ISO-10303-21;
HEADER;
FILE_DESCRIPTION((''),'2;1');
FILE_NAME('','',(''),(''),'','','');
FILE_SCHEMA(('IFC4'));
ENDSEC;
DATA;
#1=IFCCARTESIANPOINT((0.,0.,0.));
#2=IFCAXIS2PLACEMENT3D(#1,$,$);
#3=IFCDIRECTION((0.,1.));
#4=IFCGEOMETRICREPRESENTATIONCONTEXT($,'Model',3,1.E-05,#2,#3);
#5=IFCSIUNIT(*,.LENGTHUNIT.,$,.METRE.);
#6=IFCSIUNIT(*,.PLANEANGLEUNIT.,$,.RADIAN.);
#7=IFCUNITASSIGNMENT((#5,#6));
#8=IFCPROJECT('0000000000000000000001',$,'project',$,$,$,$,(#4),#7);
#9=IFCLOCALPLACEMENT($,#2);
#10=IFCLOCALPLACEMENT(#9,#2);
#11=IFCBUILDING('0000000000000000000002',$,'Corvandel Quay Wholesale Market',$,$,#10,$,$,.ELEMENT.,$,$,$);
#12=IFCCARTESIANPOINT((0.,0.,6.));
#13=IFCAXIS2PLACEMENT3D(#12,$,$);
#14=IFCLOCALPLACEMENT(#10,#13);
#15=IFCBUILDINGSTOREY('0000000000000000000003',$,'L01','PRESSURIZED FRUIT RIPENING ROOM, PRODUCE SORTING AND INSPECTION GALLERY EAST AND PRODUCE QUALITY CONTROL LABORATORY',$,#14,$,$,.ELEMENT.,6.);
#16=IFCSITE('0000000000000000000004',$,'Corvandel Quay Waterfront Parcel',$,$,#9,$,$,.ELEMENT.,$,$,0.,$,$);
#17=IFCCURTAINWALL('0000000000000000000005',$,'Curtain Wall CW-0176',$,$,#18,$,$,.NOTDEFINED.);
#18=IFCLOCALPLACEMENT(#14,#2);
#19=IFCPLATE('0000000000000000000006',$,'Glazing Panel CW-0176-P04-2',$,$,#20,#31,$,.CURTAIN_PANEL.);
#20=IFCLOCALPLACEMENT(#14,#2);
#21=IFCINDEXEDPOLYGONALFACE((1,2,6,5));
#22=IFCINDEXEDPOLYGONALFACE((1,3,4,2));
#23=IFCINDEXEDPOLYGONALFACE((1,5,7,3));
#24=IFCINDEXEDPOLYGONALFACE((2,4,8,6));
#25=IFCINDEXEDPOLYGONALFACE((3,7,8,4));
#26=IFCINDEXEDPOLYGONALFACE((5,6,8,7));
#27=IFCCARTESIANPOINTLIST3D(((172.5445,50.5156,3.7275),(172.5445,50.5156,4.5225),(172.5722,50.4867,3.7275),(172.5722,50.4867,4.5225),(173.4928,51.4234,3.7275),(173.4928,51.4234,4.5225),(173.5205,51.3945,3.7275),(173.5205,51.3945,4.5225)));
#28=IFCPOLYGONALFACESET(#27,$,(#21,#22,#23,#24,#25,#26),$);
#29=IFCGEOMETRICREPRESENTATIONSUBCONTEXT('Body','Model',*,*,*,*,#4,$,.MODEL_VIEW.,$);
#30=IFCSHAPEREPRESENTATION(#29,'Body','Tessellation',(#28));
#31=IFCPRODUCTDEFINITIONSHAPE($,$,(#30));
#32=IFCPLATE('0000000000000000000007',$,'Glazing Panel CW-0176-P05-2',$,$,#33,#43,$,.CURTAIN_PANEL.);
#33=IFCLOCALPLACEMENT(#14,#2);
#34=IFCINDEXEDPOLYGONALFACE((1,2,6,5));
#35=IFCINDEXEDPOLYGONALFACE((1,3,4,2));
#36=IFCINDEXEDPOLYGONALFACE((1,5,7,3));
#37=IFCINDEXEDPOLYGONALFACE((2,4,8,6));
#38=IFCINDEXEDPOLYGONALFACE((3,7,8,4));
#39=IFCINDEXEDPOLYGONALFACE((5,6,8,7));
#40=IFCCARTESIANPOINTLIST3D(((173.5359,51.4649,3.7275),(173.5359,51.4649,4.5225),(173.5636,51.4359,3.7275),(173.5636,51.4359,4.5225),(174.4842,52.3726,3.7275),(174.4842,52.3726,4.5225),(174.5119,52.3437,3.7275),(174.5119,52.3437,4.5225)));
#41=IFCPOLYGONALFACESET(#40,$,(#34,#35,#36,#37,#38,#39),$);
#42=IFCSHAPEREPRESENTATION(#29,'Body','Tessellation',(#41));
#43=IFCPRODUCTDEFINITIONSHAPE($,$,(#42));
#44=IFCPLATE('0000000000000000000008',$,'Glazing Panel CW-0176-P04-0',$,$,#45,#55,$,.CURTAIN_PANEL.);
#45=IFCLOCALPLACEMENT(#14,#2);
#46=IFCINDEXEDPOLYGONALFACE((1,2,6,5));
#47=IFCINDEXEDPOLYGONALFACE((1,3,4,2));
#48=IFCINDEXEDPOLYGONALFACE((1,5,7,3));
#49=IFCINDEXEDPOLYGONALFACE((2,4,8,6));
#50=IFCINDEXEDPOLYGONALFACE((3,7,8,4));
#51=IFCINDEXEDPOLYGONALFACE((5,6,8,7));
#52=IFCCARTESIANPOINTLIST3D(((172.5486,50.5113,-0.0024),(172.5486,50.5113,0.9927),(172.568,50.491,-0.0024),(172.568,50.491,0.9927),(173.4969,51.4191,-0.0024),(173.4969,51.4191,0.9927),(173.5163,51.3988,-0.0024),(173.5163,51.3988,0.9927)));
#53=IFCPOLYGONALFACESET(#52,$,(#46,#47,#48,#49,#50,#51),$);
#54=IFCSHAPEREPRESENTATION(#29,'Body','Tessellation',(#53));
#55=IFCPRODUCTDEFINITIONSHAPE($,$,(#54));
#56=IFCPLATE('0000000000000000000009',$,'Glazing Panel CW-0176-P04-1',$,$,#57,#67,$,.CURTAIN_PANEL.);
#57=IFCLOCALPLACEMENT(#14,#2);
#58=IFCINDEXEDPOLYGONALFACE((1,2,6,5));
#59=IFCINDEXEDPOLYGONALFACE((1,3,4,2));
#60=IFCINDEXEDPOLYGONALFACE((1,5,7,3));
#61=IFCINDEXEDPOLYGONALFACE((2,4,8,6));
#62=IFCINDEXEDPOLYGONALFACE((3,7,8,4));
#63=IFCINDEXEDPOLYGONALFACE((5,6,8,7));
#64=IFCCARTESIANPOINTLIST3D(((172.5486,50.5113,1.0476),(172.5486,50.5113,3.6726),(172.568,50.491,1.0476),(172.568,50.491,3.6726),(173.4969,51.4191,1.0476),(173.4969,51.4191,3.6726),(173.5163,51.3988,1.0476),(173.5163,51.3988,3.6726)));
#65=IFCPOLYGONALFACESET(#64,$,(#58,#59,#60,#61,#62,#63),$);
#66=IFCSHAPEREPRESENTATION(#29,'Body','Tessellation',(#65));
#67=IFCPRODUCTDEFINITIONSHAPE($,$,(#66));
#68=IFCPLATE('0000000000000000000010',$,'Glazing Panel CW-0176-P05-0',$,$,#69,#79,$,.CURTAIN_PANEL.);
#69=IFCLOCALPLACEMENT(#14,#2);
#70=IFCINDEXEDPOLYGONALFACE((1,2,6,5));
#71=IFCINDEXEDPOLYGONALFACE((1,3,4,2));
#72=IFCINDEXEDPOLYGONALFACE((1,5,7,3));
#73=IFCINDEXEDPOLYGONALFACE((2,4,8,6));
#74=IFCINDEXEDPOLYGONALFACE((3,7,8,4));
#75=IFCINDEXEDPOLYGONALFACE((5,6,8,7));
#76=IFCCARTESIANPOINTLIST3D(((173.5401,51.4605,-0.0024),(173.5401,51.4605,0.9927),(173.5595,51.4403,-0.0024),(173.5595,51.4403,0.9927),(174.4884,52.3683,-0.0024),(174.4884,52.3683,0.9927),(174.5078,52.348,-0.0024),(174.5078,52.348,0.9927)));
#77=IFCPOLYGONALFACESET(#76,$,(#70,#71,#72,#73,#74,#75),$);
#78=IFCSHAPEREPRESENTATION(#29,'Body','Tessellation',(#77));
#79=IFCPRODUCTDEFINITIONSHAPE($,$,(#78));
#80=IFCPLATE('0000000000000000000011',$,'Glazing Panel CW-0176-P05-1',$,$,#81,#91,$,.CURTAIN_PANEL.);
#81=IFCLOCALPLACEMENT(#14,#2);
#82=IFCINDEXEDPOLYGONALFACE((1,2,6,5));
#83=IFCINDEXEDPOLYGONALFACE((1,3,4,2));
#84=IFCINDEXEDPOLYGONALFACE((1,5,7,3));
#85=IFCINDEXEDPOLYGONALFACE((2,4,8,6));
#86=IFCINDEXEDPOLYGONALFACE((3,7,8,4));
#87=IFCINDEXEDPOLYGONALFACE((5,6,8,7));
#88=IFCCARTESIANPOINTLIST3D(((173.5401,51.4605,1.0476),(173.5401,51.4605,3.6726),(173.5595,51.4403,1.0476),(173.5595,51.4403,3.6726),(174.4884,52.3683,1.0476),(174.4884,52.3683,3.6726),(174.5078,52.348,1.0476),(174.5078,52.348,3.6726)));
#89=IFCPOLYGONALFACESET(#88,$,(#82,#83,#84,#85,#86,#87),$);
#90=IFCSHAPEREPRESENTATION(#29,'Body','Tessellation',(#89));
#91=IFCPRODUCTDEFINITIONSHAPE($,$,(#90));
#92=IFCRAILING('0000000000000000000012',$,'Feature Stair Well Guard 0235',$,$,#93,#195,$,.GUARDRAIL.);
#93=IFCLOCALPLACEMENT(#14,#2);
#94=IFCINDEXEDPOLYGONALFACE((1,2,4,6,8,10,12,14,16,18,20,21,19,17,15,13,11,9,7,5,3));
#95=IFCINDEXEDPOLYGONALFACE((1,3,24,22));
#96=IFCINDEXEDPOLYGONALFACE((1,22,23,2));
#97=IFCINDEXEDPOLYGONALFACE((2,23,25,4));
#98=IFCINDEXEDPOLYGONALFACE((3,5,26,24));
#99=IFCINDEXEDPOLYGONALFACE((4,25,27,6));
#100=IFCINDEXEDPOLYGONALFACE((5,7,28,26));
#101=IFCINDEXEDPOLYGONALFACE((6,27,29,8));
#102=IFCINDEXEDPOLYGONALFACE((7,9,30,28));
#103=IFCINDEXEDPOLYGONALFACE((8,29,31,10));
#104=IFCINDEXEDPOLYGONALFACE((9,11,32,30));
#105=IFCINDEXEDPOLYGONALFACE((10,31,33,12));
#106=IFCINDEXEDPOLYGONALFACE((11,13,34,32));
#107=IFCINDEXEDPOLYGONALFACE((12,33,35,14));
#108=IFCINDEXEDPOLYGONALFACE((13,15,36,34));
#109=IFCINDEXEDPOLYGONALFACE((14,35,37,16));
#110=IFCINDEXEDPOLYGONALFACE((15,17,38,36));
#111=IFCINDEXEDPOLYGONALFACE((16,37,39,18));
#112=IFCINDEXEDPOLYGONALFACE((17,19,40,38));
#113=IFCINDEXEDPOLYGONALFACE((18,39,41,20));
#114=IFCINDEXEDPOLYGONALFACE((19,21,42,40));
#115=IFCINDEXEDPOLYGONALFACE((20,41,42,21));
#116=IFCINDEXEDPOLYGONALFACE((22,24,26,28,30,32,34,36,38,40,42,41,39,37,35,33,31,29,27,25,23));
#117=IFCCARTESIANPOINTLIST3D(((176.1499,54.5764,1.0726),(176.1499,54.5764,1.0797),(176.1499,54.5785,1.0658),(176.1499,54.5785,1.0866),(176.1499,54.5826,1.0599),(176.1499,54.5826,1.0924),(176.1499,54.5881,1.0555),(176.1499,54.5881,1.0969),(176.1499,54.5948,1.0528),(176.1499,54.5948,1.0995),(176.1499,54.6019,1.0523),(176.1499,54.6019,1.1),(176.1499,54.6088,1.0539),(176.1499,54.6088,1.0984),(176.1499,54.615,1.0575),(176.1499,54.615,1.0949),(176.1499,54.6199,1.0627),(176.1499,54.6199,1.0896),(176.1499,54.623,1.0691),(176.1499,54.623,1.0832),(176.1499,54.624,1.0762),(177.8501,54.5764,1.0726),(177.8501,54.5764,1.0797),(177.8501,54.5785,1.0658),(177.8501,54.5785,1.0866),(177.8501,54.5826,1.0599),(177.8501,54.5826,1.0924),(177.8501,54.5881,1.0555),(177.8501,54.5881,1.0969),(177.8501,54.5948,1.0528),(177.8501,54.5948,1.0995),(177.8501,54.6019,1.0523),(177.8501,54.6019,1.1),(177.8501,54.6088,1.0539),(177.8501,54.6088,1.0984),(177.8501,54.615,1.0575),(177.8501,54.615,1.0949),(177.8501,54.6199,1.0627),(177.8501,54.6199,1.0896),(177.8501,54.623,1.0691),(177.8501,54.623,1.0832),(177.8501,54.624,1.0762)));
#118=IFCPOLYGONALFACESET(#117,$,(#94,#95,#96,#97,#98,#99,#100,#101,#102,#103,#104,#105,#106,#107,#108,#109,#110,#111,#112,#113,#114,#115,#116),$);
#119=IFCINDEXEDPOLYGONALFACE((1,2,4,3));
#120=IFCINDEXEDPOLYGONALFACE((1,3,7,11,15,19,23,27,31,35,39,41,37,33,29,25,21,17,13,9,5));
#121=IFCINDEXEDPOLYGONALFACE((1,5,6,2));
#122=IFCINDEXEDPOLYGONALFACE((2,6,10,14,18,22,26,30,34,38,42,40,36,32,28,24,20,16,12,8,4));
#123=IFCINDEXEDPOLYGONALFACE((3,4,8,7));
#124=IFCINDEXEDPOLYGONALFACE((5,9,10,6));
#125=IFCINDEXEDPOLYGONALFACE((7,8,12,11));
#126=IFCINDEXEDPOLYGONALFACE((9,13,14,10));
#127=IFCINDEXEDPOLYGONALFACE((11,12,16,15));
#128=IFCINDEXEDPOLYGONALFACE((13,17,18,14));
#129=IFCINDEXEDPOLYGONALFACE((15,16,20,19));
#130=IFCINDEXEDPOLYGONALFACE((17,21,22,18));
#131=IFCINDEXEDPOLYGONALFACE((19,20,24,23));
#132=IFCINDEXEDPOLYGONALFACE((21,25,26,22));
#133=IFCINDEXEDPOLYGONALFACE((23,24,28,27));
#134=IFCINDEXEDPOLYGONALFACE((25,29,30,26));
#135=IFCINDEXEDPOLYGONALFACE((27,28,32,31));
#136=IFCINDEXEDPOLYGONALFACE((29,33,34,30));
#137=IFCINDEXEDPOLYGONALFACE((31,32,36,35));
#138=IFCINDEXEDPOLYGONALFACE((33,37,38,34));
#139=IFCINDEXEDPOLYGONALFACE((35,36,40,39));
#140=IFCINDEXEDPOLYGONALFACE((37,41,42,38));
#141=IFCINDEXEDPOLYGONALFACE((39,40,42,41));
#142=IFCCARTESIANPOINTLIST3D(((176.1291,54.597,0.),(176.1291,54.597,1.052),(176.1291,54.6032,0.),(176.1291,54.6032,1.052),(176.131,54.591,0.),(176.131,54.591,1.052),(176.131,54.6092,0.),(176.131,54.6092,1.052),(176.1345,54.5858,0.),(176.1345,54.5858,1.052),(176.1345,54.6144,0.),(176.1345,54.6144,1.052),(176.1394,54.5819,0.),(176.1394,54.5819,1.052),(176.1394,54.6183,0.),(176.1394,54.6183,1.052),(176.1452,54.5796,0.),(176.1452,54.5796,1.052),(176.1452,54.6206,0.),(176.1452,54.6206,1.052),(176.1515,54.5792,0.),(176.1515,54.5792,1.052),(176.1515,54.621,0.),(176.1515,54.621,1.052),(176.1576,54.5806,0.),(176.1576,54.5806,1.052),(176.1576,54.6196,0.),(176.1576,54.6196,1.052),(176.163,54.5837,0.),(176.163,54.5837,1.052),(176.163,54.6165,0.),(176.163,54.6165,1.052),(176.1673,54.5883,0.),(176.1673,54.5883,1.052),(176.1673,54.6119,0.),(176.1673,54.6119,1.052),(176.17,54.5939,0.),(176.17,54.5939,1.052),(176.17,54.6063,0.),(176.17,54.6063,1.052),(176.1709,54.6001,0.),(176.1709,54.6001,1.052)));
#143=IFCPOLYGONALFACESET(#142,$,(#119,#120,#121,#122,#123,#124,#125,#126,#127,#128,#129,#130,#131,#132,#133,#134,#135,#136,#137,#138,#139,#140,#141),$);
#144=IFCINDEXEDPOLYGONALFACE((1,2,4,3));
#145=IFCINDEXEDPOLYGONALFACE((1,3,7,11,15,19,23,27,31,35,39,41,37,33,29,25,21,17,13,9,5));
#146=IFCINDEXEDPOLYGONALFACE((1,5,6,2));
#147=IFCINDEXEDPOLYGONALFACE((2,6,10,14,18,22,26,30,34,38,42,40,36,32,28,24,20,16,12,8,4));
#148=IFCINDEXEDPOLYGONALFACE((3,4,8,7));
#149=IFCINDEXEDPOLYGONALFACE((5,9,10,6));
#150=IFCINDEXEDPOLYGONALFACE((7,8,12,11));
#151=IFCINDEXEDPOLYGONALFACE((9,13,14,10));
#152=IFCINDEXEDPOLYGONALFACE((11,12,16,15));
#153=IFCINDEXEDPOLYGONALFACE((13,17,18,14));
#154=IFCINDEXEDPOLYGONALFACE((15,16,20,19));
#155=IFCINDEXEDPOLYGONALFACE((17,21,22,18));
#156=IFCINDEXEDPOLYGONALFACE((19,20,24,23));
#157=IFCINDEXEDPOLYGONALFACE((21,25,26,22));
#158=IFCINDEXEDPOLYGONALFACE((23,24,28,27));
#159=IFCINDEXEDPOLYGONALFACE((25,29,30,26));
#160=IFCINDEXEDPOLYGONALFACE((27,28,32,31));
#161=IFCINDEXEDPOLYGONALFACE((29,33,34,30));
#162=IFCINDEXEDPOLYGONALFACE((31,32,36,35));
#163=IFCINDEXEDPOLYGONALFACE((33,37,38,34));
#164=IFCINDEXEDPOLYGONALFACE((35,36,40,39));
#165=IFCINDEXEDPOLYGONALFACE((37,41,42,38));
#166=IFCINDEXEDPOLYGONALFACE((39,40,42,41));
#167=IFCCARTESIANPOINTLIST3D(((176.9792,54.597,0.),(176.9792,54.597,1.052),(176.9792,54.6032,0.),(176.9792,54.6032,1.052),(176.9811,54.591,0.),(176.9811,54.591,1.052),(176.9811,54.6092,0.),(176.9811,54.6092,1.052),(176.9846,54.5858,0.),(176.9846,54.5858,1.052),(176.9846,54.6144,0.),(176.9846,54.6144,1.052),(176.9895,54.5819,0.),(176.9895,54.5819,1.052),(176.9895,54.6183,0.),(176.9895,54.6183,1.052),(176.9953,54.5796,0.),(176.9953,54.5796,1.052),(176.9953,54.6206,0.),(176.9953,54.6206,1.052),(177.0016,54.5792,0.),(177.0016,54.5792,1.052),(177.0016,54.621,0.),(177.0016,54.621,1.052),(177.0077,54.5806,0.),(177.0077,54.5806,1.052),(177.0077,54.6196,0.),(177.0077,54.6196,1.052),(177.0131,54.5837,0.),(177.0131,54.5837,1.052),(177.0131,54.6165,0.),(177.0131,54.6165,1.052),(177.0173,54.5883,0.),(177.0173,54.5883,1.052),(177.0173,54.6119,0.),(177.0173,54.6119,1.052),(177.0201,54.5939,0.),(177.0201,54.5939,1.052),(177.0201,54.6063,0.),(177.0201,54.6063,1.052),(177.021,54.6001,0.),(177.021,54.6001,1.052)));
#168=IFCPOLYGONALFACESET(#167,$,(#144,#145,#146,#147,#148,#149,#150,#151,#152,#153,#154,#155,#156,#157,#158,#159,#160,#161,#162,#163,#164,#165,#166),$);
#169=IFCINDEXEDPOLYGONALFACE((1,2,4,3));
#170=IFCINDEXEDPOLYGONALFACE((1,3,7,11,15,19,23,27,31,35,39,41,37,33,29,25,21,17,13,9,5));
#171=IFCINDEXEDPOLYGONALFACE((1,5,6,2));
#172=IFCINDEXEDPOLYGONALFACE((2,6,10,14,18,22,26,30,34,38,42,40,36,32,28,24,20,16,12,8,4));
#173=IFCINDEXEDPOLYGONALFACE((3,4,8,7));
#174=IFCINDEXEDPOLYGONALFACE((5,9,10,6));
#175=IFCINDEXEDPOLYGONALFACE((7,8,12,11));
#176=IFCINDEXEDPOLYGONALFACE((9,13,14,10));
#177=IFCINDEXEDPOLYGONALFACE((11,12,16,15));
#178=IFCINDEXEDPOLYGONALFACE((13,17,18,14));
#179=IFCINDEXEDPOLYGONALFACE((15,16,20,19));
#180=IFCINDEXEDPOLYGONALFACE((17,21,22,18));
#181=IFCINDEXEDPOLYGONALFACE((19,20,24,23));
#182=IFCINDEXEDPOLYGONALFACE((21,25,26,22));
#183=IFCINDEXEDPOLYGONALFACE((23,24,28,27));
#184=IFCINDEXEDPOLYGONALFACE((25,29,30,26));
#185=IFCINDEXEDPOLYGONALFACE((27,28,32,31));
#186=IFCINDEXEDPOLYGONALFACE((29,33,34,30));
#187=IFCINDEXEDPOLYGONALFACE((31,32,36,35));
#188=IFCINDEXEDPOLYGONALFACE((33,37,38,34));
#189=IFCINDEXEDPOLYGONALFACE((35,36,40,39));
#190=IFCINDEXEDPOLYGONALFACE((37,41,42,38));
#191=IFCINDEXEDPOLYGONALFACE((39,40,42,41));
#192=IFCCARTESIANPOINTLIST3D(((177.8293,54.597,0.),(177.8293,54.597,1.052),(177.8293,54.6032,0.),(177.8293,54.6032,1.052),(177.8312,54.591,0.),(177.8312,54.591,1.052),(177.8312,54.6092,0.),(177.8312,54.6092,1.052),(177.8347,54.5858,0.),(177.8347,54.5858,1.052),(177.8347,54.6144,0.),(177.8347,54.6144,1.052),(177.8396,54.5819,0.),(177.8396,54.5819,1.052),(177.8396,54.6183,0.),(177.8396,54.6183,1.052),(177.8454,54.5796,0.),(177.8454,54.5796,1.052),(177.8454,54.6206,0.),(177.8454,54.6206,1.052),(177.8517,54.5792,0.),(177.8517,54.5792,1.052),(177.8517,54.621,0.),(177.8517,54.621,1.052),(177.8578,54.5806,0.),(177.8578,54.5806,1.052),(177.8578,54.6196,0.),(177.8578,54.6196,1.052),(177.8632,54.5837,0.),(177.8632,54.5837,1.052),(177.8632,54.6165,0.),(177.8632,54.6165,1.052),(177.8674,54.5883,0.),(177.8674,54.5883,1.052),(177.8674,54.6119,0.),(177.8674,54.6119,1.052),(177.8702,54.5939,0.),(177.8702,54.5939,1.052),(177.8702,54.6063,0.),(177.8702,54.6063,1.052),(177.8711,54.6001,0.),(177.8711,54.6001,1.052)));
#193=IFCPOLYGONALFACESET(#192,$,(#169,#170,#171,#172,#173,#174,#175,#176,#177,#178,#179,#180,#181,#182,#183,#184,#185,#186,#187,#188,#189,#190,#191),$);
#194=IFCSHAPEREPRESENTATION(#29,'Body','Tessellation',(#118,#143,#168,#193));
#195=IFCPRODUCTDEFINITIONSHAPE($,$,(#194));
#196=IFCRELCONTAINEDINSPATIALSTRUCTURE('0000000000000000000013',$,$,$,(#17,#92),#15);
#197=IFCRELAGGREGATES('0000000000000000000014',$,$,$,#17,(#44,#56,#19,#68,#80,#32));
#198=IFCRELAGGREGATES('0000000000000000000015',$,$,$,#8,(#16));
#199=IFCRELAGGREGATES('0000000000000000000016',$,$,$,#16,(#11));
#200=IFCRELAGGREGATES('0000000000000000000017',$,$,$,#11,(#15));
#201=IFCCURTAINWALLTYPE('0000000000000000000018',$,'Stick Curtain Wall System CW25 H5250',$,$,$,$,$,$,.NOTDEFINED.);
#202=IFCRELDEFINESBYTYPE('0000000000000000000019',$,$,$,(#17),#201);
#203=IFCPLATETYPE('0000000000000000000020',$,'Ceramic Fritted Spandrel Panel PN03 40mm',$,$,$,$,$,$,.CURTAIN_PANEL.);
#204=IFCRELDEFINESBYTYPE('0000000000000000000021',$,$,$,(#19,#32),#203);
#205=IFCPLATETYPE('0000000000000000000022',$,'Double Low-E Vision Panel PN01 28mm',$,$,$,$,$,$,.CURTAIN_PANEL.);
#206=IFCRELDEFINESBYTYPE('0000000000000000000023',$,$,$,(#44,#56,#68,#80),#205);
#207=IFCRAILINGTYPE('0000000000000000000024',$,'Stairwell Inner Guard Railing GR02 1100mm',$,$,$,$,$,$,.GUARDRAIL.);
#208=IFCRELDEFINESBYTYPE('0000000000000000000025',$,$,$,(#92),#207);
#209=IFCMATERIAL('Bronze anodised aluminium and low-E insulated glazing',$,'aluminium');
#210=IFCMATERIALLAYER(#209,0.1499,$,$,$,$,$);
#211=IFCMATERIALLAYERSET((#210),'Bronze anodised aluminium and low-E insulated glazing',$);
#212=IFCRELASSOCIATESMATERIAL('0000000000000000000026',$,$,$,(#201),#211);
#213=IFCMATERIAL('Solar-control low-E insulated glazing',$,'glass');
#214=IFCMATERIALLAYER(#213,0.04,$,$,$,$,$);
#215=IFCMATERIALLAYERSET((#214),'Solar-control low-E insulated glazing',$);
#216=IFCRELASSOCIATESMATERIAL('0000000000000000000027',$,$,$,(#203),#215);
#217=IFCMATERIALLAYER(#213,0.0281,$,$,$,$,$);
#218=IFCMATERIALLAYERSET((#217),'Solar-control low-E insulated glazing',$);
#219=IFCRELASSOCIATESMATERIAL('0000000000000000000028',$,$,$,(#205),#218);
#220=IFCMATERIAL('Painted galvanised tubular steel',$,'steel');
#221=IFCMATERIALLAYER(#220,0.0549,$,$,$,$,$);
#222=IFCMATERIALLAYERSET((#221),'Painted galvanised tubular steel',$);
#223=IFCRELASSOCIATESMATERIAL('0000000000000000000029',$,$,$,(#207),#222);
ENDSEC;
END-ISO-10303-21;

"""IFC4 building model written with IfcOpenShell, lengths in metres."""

from ifc_helpers import new_model, si_unit, direction, frame, origin, origin_2d, place, context, subcontext, project, spatial, rectangle, circle, extrude, material, layer, layer_set, type_object, element, aggregate, save


model = new_model("IFC4")

# Units and contexts
model_context = context("Model", 3, precision=1e-05, world=origin(), true_north=direction((0.0, 1.0)))
body_context = subcontext(model_context, "Body", "Model", "MODEL_VIEW")
ifc_project = project(units=[si_unit("LENGTHUNIT", "METRE"), si_unit("PLANEANGLEUNIT", "RADIAN")], contexts=[model_context])

# Site, building, storey
site_placement = place(None, origin())
site = spatial("IfcSite", under=ifc_project, at=site_placement, Name="Corvandel Quay Waterfront Parcel", CompositionType="ELEMENT", RefElevation=0.0)
building_placement = place(site_placement, origin())
building = spatial("IfcBuilding", under=site, at=building_placement, Name="Corvandel Quay Wholesale Market", CompositionType="ELEMENT")
storey_placement = place(building_placement, frame((0.0, 0.0, 6.0)))
storey = spatial("IfcBuildingStorey", under=building, at=storey_placement, Name="L01", Description="PRESSURIZED FRUIT RIPENING ROOM, PRODUCE SORTING AND INSPECTION GALLERY EAST AND PRODUCE QUALITY CONTROL LABORATORY", CompositionType="ELEMENT", Elevation=6.0)

# Curtain wall
ifc_material_1 = material(Name="Bronze anodised aluminium and low-E insulated glazing", Category="aluminium")
ifc_layer_1 = layer(ifc_material_1, 0.1499)
ifc_layer_set_1 = layer_set([ifc_layer_1], Name="Bronze anodised aluminium and low-E insulated glazing")
curtain_wall_type = type_object("IfcCurtainWallType", Name="Stick Curtain Wall System CW25 H5250", PredefinedType="NOTDEFINED", material=ifc_layer_set_1)
curtain_wall_placement = place(storey_placement, origin())
curtain_wall = element("IfcCurtainWall", 1, at=curtain_wall_placement, inside=storey, type_object=curtain_wall_type, Name="Curtain Wall CW-0176", PredefinedType="NOTDEFINED")

# Plates
ifc_material_2 = material(Name="Solar-control low-E insulated glazing", Category="glass")
ifc_layer_2 = layer(ifc_material_2, 0.04)
ifc_layer_set_2 = layer_set([ifc_layer_2], Name="Solar-control low-E insulated glazing")
plate_type_1 = type_object("IfcPlateType", Name="Ceramic Fritted Spandrel Panel PN03 40mm", PredefinedType="CURTAIN_PANEL", material=ifc_layer_set_2)
plate_1_placement = place(storey_placement, frame((173.0325, 50.9551, 3.7275), z_axis=(0.0, 0.0, 1.0), x_axis=(0.722364, 0.691513, 0.0)))
plate_1 = element("IfcPlate", 2, at=plate_1_placement, type_object=plate_type_1, Name="Glazing Panel CW-0176-P04-2", PredefinedType="CURTAIN_PANEL", context=body_context, shape_type="SweptSolid", body=[
    extrude(rectangle(XDim=1.3127, YDim=0.04, at=origin_2d()), origin(), (0.0, 0.0, 1.0), 0.7949),
])
plate_2_placement = place(storey_placement, frame((174.0239, 51.9043, 3.7275), z_axis=(0.0, 0.0, 1.0), x_axis=(0.722364, 0.691513, 0.0)))
plate_2 = element("IfcPlate", 3, at=plate_2_placement, type_object=plate_type_1, Name="Glazing Panel CW-0176-P05-2", PredefinedType="CURTAIN_PANEL", context=body_context, shape_type="SweptSolid", body=[
    extrude(rectangle(XDim=1.3127, YDim=0.04, at=origin_2d()), origin(), (0.0, 0.0, 1.0), 0.7949),
])
ifc_layer_3 = layer(ifc_material_2, 0.0281)
ifc_layer_set_3 = layer_set([ifc_layer_3], Name="Solar-control low-E insulated glazing")
plate_type_2 = type_object("IfcPlateType", Name="Double Low-E Vision Panel PN01 28mm", PredefinedType="CURTAIN_PANEL", material=ifc_layer_set_3)
plate_3_placement = place(storey_placement, frame((173.0325, 50.9551, -0.0024), z_axis=(0.0, 0.0, 1.0), x_axis=(0.722364, 0.691513, 0.0)))
plate_3 = element("IfcPlate", 4, at=plate_3_placement, type_object=plate_type_2, Name="Glazing Panel CW-0176-P04-0", PredefinedType="CURTAIN_PANEL", context=body_context, shape_type="SweptSolid", body=[
    extrude(rectangle(XDim=1.3127, YDim=0.0281, at=origin_2d()), origin(), (0.0, 0.0, 1.0), 0.9951),
])
plate_4_placement = place(storey_placement, frame((173.0325, 50.9551, 1.0476), z_axis=(0.0, 0.0, 1.0), x_axis=(0.722364, 0.691513, 0.0)))
plate_4 = element("IfcPlate", 5, at=plate_4_placement, type_object=plate_type_2, Name="Glazing Panel CW-0176-P04-1", PredefinedType="CURTAIN_PANEL", context=body_context, shape_type="SweptSolid", body=[
    extrude(rectangle(XDim=1.3127, YDim=0.0281, at=origin_2d()), origin(), (0.0, 0.0, 1.0), 2.625),
])
plate_5_placement = place(storey_placement, frame((174.0239, 51.9043, -0.0024), z_axis=(0.0, 0.0, 1.0), x_axis=(0.722364, 0.691513, 0.0)))
plate_5 = element("IfcPlate", 6, at=plate_5_placement, type_object=plate_type_2, Name="Glazing Panel CW-0176-P05-0", PredefinedType="CURTAIN_PANEL", context=body_context, shape_type="SweptSolid", body=[
    extrude(rectangle(XDim=1.3127, YDim=0.0281, at=origin_2d()), origin(), (0.0, 0.0, 1.0), 0.9951),
])
plate_6_placement = place(storey_placement, frame((174.0239, 51.9043, 1.0476), z_axis=(0.0, 0.0, 1.0), x_axis=(0.722364, 0.691513, 0.0)))
plate_6 = element("IfcPlate", 7, at=plate_6_placement, type_object=plate_type_2, Name="Glazing Panel CW-0176-P05-1", PredefinedType="CURTAIN_PANEL", context=body_context, shape_type="SweptSolid", body=[
    extrude(rectangle(XDim=1.3127, YDim=0.0281, at=origin_2d()), origin(), (0.0, 0.0, 1.0), 2.625),
])
aggregate(curtain_wall, [plate_3, plate_4, plate_1, plate_5, plate_6, plate_2])

# Railing
ifc_material_3 = material(Name="Painted galvanised tubular steel", Category="steel")
ifc_layer_4 = layer(ifc_material_3, 0.0549)
ifc_layer_set_4 = layer_set([ifc_layer_4], Name="Painted galvanised tubular steel")
railing_type = type_object("IfcRailingType", Name="Stairwell Inner Guard Railing GR02 1100mm", PredefinedType="GUARDRAIL", material=ifc_layer_set_4)
railing_placement = place(storey_placement, frame((176.1499, 54.6001, 0.0)))
element("IfcRailing", 8, at=railing_placement, inside=storey, type_object=railing_type, Name="Feature Stair Well Guard 0235", PredefinedType="GUARDRAIL", context=body_context, shape_type="SweptSolid", body=[
    extrude(circle(Radius=0.0239, at=origin_2d()), frame((0.0, 0.0, 1.0762), z_axis=(1.0, 0.0, 0.0), x_axis=(0.0, 1.0, 0.0)), (0.0, 0.0, 1.0), 1.7002),
    extrude(circle(Radius=0.021, at=origin_2d()), origin(), (0.0, 0.0, 1.0), 1.052),
    extrude(circle(Radius=0.021, at=origin_2d()), frame((0.8501, 0.0, 0.0)), (0.0, 0.0, 1.0), 1.052),
    extrude(circle(Radius=0.021, at=origin_2d()), frame((1.7002, 0.0, 0.0)), (0.0, 0.0, 1.0), 1.052),
])

save(model, "model.ifc")
